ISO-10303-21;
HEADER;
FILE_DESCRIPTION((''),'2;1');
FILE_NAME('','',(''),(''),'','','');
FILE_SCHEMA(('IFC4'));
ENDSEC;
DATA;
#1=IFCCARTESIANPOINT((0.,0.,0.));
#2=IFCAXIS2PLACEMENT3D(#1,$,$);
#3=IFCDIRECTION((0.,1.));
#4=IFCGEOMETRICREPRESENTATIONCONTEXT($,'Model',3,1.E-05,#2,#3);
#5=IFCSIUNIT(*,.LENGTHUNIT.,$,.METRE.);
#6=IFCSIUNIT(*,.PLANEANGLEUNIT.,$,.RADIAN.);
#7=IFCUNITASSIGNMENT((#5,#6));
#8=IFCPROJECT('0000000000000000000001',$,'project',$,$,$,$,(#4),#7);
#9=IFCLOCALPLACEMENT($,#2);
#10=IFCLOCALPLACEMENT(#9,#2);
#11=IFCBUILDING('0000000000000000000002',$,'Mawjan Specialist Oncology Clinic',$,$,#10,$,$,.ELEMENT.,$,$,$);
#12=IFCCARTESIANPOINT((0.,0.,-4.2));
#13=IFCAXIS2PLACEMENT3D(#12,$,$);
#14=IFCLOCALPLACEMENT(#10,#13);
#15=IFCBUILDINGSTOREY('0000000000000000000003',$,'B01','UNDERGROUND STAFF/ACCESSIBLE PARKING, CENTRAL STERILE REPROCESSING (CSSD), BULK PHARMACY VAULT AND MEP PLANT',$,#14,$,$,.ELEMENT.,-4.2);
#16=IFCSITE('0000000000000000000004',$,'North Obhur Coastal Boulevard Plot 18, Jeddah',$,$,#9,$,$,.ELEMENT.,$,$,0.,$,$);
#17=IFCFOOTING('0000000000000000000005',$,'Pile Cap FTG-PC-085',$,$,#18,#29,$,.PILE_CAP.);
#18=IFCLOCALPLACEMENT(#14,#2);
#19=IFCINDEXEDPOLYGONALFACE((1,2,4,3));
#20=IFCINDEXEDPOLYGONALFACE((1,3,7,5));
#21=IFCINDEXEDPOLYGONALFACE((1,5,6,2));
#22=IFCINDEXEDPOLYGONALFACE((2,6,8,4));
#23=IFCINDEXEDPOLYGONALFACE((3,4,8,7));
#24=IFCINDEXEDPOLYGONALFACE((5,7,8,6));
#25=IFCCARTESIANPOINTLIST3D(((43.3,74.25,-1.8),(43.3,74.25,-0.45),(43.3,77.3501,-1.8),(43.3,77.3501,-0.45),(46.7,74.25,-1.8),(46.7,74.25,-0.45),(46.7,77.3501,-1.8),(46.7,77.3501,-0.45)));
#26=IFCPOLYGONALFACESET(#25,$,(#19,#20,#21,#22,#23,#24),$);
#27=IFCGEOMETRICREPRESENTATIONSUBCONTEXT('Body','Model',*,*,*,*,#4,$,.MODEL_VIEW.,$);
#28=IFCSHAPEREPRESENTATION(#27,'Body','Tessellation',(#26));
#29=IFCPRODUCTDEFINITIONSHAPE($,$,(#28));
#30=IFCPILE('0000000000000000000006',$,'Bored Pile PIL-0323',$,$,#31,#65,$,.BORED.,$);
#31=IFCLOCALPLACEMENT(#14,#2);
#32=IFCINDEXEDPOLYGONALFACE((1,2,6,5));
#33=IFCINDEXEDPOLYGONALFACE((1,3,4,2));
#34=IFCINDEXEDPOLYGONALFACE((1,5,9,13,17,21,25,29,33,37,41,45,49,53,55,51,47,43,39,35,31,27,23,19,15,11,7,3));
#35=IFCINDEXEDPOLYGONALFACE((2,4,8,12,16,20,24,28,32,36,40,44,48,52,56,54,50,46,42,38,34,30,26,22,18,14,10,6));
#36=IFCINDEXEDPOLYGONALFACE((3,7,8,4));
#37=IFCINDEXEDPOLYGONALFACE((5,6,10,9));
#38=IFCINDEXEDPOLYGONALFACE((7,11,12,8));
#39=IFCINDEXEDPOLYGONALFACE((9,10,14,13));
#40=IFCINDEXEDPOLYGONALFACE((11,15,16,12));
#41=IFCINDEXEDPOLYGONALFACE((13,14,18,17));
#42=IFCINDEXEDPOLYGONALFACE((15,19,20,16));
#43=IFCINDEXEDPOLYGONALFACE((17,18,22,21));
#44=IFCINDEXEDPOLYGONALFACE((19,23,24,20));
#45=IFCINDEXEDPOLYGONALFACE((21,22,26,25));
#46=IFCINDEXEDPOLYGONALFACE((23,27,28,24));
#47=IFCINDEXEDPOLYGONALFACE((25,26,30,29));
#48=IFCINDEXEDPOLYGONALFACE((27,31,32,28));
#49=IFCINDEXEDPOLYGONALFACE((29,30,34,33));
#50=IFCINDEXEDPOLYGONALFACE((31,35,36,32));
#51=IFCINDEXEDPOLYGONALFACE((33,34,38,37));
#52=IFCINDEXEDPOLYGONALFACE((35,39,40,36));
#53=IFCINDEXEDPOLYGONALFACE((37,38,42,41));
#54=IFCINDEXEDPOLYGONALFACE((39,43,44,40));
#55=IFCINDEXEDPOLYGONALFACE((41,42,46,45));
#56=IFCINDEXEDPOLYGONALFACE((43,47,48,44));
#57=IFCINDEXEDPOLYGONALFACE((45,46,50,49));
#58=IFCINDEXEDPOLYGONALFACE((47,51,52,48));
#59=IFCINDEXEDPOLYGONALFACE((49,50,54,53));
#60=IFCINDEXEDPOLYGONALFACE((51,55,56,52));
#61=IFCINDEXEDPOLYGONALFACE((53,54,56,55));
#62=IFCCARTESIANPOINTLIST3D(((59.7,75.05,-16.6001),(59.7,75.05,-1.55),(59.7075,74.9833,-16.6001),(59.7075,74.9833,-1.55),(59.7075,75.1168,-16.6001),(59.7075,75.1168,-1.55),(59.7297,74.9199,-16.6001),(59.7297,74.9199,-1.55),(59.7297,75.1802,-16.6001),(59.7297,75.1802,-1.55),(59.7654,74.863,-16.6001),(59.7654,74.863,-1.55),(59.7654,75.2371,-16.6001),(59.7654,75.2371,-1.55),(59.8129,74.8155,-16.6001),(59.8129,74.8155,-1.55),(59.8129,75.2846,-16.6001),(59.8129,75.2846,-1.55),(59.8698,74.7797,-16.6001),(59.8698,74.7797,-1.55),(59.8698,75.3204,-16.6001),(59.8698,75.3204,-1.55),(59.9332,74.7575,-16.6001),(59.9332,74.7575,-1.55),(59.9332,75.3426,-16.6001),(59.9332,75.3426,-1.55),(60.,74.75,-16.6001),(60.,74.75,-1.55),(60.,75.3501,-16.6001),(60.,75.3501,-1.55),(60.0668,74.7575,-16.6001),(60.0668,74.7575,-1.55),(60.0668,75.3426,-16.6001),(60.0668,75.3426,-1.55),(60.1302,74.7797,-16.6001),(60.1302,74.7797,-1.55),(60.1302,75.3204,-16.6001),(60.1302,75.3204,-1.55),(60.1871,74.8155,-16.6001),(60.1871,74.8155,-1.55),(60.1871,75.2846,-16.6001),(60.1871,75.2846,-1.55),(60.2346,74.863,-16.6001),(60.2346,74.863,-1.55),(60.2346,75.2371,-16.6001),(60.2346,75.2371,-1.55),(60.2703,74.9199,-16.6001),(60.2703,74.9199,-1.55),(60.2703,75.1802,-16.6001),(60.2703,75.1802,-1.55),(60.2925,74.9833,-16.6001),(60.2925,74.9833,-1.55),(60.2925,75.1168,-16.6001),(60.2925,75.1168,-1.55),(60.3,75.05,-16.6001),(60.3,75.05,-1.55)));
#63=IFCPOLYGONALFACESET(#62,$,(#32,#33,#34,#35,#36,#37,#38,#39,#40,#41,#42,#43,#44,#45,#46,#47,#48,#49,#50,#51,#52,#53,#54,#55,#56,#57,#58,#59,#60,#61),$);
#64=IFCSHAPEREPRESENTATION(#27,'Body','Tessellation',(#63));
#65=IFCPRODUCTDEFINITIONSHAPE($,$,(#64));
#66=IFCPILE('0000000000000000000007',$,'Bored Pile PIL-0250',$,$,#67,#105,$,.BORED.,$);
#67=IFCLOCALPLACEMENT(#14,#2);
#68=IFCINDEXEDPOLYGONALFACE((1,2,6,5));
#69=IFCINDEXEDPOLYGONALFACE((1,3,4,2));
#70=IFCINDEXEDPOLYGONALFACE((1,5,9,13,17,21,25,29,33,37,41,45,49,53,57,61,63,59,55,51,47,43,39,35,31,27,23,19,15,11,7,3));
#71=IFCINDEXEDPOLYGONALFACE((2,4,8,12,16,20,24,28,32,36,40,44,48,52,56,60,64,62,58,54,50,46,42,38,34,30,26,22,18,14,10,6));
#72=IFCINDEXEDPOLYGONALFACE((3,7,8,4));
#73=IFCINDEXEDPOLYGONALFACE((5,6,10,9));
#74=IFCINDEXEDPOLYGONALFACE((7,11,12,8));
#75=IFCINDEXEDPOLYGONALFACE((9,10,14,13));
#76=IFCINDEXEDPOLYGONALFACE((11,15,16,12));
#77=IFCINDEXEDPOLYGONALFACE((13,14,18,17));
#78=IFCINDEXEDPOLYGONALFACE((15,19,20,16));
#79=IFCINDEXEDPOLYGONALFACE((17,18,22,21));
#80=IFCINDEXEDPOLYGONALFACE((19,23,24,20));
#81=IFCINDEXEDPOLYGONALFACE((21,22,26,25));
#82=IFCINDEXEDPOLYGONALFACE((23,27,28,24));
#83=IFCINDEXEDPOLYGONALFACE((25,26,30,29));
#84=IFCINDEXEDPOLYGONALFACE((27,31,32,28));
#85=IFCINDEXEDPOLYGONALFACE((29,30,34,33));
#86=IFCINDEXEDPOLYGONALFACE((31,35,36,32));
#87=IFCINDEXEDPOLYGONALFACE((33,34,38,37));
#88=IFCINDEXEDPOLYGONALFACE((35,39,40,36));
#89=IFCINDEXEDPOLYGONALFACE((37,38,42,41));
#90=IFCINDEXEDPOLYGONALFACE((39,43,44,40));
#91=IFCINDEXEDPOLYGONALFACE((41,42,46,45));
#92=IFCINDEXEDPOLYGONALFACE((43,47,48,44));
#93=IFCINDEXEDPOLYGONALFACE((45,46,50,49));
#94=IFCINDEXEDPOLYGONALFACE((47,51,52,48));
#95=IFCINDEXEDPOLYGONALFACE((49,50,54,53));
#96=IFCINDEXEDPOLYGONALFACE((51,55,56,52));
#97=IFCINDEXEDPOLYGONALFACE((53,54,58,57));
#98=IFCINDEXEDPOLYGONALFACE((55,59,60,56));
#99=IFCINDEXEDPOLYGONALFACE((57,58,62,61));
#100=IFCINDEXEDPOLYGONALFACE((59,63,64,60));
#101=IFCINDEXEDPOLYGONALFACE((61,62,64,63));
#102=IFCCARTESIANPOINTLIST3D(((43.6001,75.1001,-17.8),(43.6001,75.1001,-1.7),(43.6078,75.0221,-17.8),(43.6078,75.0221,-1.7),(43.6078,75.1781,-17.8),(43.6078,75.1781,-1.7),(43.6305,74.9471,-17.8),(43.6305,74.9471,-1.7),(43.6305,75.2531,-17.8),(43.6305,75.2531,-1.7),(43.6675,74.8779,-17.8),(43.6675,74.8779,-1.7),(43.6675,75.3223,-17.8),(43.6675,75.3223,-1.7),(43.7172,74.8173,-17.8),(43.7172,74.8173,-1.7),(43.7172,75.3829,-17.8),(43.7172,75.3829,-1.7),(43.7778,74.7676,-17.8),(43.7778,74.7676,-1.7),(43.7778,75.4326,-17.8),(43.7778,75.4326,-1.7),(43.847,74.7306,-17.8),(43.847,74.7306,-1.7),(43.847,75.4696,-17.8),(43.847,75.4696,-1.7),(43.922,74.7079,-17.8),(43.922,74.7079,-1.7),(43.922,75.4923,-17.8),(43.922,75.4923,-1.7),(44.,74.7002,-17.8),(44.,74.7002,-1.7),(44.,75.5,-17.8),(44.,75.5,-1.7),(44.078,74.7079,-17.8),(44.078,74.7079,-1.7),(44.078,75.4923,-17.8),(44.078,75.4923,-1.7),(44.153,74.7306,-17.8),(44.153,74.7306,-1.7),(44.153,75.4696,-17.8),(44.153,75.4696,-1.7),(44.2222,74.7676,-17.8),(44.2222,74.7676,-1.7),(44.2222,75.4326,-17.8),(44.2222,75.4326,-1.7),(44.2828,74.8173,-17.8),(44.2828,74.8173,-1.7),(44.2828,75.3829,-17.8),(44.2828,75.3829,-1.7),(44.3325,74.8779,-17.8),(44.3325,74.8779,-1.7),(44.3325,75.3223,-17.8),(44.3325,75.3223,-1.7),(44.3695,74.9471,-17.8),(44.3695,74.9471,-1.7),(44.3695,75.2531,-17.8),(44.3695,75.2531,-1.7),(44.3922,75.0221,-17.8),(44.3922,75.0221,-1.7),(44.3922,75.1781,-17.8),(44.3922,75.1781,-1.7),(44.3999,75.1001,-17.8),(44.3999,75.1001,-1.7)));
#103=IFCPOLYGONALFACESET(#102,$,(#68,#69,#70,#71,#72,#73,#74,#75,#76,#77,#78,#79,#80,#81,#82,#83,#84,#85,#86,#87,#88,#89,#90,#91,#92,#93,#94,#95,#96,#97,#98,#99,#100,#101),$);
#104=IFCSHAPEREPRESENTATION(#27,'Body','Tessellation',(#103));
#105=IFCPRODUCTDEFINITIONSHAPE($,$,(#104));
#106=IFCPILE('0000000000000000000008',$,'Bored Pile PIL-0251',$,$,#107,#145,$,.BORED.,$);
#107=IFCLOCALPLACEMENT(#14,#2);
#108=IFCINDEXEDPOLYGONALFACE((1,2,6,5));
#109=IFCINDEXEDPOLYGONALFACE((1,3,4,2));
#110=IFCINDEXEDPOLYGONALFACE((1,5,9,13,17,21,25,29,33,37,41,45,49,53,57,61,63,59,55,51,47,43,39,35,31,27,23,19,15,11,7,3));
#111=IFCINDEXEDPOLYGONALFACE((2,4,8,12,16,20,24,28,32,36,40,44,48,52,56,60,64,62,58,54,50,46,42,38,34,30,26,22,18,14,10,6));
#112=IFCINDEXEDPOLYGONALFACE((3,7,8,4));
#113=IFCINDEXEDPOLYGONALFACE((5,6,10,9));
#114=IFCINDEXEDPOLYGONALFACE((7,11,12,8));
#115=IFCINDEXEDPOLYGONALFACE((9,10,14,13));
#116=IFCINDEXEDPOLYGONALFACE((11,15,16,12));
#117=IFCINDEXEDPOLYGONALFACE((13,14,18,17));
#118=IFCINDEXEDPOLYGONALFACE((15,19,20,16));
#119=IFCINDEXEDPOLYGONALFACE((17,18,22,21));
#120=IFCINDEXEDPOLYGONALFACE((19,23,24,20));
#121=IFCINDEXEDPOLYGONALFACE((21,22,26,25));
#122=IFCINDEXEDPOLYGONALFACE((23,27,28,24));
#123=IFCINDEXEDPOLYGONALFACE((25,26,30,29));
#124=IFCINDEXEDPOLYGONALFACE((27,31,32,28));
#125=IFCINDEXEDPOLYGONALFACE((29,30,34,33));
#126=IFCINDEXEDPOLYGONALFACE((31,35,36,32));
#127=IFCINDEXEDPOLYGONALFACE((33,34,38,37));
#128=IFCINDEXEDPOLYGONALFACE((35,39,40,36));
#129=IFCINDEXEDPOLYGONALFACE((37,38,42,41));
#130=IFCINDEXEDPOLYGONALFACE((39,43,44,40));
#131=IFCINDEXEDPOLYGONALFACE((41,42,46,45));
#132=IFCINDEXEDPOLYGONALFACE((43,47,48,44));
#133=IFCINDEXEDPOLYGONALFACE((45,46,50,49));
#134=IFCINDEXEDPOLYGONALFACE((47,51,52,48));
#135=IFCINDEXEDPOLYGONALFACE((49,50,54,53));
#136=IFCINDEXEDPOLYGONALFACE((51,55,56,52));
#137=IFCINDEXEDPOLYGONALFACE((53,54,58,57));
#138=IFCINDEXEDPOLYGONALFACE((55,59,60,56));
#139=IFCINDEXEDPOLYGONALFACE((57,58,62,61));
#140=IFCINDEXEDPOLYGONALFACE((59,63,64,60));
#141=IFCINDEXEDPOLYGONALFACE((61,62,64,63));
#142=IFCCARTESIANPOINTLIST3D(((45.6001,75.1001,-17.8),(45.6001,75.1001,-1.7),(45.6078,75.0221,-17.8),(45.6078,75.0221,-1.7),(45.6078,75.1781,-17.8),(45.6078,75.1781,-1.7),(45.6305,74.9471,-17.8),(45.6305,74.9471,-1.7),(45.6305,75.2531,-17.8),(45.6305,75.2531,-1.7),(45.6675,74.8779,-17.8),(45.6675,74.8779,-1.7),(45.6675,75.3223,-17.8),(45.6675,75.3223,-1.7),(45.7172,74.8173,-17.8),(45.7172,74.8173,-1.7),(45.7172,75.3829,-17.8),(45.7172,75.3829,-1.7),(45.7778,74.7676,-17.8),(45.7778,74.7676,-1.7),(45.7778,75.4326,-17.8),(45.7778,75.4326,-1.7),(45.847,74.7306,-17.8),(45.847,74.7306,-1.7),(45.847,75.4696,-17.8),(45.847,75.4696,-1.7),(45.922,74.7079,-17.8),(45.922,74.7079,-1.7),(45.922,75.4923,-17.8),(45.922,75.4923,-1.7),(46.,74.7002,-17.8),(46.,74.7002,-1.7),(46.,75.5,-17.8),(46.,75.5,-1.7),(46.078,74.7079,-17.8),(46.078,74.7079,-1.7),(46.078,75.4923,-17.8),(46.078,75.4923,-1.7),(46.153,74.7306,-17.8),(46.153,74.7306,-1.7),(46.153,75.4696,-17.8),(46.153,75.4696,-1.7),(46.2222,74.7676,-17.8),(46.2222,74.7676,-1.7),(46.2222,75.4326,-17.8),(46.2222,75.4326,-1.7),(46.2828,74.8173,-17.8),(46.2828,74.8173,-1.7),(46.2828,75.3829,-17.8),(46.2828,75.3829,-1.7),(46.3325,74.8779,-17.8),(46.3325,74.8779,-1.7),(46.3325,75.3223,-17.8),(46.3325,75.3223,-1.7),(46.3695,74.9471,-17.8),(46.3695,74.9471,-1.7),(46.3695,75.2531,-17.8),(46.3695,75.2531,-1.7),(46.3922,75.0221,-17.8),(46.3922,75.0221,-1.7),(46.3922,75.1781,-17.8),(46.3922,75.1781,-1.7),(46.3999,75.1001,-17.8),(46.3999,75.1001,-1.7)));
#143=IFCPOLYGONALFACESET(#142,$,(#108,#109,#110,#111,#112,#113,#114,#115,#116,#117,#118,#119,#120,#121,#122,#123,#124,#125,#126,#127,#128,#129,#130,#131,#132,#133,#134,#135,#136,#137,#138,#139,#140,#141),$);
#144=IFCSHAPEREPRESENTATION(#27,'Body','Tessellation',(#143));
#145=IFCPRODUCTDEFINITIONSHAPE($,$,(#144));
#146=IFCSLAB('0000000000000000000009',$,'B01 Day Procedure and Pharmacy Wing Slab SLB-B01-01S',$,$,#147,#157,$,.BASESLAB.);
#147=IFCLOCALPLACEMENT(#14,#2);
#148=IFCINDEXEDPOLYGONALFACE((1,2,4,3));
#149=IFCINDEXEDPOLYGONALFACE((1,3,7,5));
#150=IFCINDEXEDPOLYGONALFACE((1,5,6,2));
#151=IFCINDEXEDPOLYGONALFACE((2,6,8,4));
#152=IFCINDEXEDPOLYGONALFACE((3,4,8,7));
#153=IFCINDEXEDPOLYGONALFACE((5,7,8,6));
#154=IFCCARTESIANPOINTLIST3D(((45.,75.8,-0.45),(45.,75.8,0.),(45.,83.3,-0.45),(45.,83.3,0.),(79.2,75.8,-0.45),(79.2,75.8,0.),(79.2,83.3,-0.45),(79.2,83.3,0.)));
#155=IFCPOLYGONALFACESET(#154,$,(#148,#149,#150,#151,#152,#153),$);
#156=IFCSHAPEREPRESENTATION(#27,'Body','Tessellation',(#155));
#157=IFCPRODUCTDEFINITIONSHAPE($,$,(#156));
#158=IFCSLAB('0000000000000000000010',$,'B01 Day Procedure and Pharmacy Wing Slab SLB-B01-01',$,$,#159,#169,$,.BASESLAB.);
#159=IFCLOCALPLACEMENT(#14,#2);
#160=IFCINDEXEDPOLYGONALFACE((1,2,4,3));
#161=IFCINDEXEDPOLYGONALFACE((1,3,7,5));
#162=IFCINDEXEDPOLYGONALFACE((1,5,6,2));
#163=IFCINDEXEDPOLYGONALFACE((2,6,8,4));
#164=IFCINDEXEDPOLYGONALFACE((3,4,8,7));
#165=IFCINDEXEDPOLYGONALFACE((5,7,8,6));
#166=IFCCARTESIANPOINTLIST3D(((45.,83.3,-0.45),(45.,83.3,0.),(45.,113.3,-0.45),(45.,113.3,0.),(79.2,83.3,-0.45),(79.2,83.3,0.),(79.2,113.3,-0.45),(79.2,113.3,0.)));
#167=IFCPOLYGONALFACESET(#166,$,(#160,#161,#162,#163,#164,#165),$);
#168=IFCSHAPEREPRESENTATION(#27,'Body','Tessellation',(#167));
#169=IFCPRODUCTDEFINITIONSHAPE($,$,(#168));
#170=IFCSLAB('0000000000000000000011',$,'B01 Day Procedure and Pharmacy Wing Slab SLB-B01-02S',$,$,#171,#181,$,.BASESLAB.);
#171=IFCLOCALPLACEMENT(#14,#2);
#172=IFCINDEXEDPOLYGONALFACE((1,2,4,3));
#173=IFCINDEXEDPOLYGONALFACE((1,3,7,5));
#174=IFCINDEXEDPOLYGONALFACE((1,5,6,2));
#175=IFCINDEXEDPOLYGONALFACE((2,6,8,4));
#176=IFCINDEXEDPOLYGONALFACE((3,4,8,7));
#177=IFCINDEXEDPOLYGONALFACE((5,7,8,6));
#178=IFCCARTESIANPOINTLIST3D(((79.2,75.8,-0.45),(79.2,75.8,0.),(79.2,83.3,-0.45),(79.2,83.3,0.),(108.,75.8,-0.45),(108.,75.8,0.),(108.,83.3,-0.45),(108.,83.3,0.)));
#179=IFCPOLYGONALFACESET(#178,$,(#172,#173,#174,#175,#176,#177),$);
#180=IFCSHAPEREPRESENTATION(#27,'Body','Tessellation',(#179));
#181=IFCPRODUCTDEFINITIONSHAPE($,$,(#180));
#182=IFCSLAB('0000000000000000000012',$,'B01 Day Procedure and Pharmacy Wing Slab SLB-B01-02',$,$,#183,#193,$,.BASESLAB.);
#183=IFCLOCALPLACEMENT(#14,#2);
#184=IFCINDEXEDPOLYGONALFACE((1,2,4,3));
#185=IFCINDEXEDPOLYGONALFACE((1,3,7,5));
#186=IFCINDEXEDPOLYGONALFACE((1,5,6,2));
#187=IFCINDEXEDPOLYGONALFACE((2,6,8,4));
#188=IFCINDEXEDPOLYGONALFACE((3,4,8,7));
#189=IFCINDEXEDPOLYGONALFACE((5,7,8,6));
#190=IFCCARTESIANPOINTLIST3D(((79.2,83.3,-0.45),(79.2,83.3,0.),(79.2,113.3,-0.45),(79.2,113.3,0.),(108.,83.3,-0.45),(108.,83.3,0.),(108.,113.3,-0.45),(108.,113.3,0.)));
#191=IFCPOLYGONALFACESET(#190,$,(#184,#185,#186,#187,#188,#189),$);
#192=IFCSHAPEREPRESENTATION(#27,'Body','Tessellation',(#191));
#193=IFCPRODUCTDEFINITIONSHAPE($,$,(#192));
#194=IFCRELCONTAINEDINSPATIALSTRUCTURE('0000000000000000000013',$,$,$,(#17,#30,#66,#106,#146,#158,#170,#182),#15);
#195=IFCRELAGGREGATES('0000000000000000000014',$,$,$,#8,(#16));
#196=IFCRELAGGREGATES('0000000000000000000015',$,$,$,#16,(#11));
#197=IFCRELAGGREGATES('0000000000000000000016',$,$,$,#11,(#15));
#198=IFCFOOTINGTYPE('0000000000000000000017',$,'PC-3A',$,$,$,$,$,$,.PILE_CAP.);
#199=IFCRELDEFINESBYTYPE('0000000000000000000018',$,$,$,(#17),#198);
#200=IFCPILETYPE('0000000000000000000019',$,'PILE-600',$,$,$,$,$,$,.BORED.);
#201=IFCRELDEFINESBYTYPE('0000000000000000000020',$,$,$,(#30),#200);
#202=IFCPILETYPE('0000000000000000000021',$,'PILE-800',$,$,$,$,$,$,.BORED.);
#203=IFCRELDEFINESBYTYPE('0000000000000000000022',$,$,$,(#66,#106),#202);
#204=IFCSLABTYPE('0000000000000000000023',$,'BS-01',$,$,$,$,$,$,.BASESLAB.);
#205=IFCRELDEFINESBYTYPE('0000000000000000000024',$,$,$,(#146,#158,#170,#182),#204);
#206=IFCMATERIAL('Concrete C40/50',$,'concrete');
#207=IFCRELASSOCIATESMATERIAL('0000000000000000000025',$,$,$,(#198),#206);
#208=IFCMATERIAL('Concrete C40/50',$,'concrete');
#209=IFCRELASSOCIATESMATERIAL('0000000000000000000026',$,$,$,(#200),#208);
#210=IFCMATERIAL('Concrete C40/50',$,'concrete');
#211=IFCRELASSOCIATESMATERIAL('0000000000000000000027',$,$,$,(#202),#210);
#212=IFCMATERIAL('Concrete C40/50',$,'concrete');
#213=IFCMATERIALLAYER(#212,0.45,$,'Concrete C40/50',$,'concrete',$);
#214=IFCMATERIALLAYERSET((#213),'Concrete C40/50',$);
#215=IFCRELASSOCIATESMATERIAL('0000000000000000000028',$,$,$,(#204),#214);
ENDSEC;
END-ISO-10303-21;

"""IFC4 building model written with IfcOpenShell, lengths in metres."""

from ifc_helpers import new_model, si_unit, direction, frame, origin, origin_2d, place, context, subcontext, project, spatial, polyline, rectangle, circle, outline, extrude, material, layer, layer_set, material_profile, profile_set, type_object, element, save


model = new_model("IFC4")

# Units and contexts
model_context = context("Model", 3, precision=1e-05, world=origin(), true_north=direction((0.0, 1.0)))
body_context = subcontext(model_context, "Body", "Model", "MODEL_VIEW")
ifc_project = project(units=[si_unit("LENGTHUNIT", "METRE"), si_unit("PLANEANGLEUNIT", "RADIAN")], contexts=[model_context])

# Site, building, storey
site_placement = place(None, origin())
site = spatial("IfcSite", under=ifc_project, at=site_placement, Name="North Obhur Coastal Boulevard Plot 18, Jeddah", CompositionType="ELEMENT", RefElevation=0.0)
building_placement = place(site_placement, origin())
building = spatial("IfcBuilding", under=site, at=building_placement, Name="Mawjan Specialist Oncology Clinic", CompositionType="ELEMENT")
storey_placement = place(building_placement, frame((0.0, 0.0, -4.2)))
storey = spatial("IfcBuildingStorey", under=building, at=storey_placement, Name="B01", Description="UNDERGROUND STAFF/ACCESSIBLE PARKING, CENTRAL STERILE REPROCESSING (CSSD), BULK PHARMACY VAULT AND MEP PLANT", CompositionType="ELEMENT", Elevation=-4.2)

# Footing
ifc_material_1 = material(Name="Concrete C40/50", Category="concrete")
footing_type = type_object("IfcFootingType", Name="PC-3A", PredefinedType="PILE_CAP", material=ifc_material_1)
footing_placement = place(storey_placement, frame((45.0, 75.8, -1.8), z_axis=(0.0, 0.0, 1.0), x_axis=(1.0, 0.0, 0.0)))
element("IfcFooting", 1, at=footing_placement, inside=storey, type_object=footing_type, Name="Pile Cap FTG-PC-085", PredefinedType="PILE_CAP", context=body_context, shape_type="SweptSolid", body=[
    extrude(rectangle(XDim=3.3999, YDim=3.1001, at=origin_2d()), origin(), (0.0, 0.0, 1.0), 1.3501),
])

# Piles
ifc_material_2 = material(Name="Concrete C40/50", Category="concrete")
ifc_material_profile_1 = material_profile(ifc_material_2, circle(Radius=0.3, at=origin_2d()), Name="BORED PILE D600", Category="concrete")
ifc_profile_set_1 = profile_set([ifc_material_profile_1], Name="Concrete C40/50")
pile_type_1 = type_object("IfcPileType", Name="PILE-600", PredefinedType="BORED", material=ifc_profile_set_1)
pile_placement = place(storey_placement, frame((60.0, 75.05, -1.55), z_axis=(0.0, 0.0, -1.0), x_axis=(1.0, 0.0, 0.0)))
element("IfcPile", 2, at=pile_placement, inside=storey, type_object=pile_type_1, Name="Bored Pile PIL-0323", PredefinedType="BORED", context=body_context, shape_type="SweptSolid", body=[
    extrude(circle(Radius=0.3, at=origin_2d()), origin(), (0.0, 0.0, 1.0), 15.05),
])
ifc_material_3 = material(Name="Concrete C40/50", Category="concrete")
ifc_material_profile_2 = material_profile(ifc_material_3, circle(Radius=0.3999, at=origin_2d()), Name="BORED PILE D800", Category="concrete")
ifc_profile_set_2 = profile_set([ifc_material_profile_2], Name="Concrete C40/50")
pile_type_2 = type_object("IfcPileType", Name="PILE-800", PredefinedType="BORED", material=ifc_profile_set_2)
for number, where, z_axis, x_axis, name in (
    (3, (44.0, 75.1001, -1.7), (0.0, 0.0, -1.0), (1.0, 0.0, 0.0), "Bored Pile PIL-0250"),
    (4, (46.0, 75.1001, -1.7), (0.0, 0.0, -1.0), (1.0, 0.0, 0.0), "Bored Pile PIL-0251"),
):
    element("IfcPile", number, at=place(storey_placement, frame(where, z_axis=z_axis, x_axis=x_axis)), inside=storey, type_object=pile_type_2, Name=name, PredefinedType="BORED", context=body_context, shape_type="SweptSolid", body=[
        extrude(circle(Radius=0.3999, at=origin_2d()), origin(), (0.0, 0.0, 1.0), 16.1001),
    ])

# Slabs
ifc_material_4 = material(Name="Concrete C40/50", Category="concrete")
ifc_layer_1 = layer(ifc_material_4, 0.45, Name="Concrete C40/50", Category="concrete")
ifc_layer_set_1 = layer_set([ifc_layer_1], Name="Concrete C40/50")
slab_type_1 = type_object("IfcSlabType", Name="BS-01", PredefinedType="BASESLAB", material=ifc_layer_set_1)
slab_1_placement = place(storey_placement, frame((0.0, 0.0, -0.45)))
element("IfcSlab", 5, at=slab_1_placement, inside=storey, type_object=slab_type_1, Name="B01 Day Procedure and Pharmacy Wing Slab SLB-B01-01S", PredefinedType="BASESLAB", context=body_context, shape_type="SweptSolid", body=[
    extrude(outline(polyline([(45.0, 75.8), (79.2, 75.8), (79.2, 83.3), (45.0, 83.3), (45.0, 75.8)])), origin(), (0.0, 0.0, 1.0), 0.45),
])
slab_2_placement = place(storey_placement, frame((0.0, 0.0, -0.45)))
element("IfcSlab", 6, at=slab_2_placement, inside=storey, type_object=slab_type_1, Name="B01 Day Procedure and Pharmacy Wing Slab SLB-B01-01", PredefinedType="BASESLAB", context=body_context, shape_type="SweptSolid", body=[
    extrude(outline(polyline([(45.0, 83.3), (79.2, 83.3), (79.2, 113.3), (45.0, 113.3), (45.0, 83.3)])), origin(), (0.0, 0.0, 1.0), 0.45),
])
slab_3_placement = place(storey_placement, frame((0.0, 0.0, -0.45)))
element("IfcSlab", 7, at=slab_3_placement, inside=storey, type_object=slab_type_1, Name="B01 Day Procedure and Pharmacy Wing Slab SLB-B01-02S", PredefinedType="BASESLAB", context=body_context, shape_type="SweptSolid", body=[
    extrude(outline(polyline([(79.2, 75.8), (108.0, 75.8), (108.0, 83.3), (79.2, 83.3), (79.2, 75.8)])), origin(), (0.0, 0.0, 1.0), 0.45),
])
slab_4_placement = place(storey_placement, frame((0.0, 0.0, -0.45)))
element("IfcSlab", 8, at=slab_4_placement, inside=storey, type_object=slab_type_1, Name="B01 Day Procedure and Pharmacy Wing Slab SLB-B01-02", PredefinedType="BASESLAB", context=body_context, shape_type="SweptSolid", body=[
    extrude(outline(polyline([(79.2, 83.3), (108.0, 83.3), (108.0, 113.3), (79.2, 113.3), (79.2, 83.3)])), origin(), (0.0, 0.0, 1.0), 0.45),
])

save(model, "model.ifc")
